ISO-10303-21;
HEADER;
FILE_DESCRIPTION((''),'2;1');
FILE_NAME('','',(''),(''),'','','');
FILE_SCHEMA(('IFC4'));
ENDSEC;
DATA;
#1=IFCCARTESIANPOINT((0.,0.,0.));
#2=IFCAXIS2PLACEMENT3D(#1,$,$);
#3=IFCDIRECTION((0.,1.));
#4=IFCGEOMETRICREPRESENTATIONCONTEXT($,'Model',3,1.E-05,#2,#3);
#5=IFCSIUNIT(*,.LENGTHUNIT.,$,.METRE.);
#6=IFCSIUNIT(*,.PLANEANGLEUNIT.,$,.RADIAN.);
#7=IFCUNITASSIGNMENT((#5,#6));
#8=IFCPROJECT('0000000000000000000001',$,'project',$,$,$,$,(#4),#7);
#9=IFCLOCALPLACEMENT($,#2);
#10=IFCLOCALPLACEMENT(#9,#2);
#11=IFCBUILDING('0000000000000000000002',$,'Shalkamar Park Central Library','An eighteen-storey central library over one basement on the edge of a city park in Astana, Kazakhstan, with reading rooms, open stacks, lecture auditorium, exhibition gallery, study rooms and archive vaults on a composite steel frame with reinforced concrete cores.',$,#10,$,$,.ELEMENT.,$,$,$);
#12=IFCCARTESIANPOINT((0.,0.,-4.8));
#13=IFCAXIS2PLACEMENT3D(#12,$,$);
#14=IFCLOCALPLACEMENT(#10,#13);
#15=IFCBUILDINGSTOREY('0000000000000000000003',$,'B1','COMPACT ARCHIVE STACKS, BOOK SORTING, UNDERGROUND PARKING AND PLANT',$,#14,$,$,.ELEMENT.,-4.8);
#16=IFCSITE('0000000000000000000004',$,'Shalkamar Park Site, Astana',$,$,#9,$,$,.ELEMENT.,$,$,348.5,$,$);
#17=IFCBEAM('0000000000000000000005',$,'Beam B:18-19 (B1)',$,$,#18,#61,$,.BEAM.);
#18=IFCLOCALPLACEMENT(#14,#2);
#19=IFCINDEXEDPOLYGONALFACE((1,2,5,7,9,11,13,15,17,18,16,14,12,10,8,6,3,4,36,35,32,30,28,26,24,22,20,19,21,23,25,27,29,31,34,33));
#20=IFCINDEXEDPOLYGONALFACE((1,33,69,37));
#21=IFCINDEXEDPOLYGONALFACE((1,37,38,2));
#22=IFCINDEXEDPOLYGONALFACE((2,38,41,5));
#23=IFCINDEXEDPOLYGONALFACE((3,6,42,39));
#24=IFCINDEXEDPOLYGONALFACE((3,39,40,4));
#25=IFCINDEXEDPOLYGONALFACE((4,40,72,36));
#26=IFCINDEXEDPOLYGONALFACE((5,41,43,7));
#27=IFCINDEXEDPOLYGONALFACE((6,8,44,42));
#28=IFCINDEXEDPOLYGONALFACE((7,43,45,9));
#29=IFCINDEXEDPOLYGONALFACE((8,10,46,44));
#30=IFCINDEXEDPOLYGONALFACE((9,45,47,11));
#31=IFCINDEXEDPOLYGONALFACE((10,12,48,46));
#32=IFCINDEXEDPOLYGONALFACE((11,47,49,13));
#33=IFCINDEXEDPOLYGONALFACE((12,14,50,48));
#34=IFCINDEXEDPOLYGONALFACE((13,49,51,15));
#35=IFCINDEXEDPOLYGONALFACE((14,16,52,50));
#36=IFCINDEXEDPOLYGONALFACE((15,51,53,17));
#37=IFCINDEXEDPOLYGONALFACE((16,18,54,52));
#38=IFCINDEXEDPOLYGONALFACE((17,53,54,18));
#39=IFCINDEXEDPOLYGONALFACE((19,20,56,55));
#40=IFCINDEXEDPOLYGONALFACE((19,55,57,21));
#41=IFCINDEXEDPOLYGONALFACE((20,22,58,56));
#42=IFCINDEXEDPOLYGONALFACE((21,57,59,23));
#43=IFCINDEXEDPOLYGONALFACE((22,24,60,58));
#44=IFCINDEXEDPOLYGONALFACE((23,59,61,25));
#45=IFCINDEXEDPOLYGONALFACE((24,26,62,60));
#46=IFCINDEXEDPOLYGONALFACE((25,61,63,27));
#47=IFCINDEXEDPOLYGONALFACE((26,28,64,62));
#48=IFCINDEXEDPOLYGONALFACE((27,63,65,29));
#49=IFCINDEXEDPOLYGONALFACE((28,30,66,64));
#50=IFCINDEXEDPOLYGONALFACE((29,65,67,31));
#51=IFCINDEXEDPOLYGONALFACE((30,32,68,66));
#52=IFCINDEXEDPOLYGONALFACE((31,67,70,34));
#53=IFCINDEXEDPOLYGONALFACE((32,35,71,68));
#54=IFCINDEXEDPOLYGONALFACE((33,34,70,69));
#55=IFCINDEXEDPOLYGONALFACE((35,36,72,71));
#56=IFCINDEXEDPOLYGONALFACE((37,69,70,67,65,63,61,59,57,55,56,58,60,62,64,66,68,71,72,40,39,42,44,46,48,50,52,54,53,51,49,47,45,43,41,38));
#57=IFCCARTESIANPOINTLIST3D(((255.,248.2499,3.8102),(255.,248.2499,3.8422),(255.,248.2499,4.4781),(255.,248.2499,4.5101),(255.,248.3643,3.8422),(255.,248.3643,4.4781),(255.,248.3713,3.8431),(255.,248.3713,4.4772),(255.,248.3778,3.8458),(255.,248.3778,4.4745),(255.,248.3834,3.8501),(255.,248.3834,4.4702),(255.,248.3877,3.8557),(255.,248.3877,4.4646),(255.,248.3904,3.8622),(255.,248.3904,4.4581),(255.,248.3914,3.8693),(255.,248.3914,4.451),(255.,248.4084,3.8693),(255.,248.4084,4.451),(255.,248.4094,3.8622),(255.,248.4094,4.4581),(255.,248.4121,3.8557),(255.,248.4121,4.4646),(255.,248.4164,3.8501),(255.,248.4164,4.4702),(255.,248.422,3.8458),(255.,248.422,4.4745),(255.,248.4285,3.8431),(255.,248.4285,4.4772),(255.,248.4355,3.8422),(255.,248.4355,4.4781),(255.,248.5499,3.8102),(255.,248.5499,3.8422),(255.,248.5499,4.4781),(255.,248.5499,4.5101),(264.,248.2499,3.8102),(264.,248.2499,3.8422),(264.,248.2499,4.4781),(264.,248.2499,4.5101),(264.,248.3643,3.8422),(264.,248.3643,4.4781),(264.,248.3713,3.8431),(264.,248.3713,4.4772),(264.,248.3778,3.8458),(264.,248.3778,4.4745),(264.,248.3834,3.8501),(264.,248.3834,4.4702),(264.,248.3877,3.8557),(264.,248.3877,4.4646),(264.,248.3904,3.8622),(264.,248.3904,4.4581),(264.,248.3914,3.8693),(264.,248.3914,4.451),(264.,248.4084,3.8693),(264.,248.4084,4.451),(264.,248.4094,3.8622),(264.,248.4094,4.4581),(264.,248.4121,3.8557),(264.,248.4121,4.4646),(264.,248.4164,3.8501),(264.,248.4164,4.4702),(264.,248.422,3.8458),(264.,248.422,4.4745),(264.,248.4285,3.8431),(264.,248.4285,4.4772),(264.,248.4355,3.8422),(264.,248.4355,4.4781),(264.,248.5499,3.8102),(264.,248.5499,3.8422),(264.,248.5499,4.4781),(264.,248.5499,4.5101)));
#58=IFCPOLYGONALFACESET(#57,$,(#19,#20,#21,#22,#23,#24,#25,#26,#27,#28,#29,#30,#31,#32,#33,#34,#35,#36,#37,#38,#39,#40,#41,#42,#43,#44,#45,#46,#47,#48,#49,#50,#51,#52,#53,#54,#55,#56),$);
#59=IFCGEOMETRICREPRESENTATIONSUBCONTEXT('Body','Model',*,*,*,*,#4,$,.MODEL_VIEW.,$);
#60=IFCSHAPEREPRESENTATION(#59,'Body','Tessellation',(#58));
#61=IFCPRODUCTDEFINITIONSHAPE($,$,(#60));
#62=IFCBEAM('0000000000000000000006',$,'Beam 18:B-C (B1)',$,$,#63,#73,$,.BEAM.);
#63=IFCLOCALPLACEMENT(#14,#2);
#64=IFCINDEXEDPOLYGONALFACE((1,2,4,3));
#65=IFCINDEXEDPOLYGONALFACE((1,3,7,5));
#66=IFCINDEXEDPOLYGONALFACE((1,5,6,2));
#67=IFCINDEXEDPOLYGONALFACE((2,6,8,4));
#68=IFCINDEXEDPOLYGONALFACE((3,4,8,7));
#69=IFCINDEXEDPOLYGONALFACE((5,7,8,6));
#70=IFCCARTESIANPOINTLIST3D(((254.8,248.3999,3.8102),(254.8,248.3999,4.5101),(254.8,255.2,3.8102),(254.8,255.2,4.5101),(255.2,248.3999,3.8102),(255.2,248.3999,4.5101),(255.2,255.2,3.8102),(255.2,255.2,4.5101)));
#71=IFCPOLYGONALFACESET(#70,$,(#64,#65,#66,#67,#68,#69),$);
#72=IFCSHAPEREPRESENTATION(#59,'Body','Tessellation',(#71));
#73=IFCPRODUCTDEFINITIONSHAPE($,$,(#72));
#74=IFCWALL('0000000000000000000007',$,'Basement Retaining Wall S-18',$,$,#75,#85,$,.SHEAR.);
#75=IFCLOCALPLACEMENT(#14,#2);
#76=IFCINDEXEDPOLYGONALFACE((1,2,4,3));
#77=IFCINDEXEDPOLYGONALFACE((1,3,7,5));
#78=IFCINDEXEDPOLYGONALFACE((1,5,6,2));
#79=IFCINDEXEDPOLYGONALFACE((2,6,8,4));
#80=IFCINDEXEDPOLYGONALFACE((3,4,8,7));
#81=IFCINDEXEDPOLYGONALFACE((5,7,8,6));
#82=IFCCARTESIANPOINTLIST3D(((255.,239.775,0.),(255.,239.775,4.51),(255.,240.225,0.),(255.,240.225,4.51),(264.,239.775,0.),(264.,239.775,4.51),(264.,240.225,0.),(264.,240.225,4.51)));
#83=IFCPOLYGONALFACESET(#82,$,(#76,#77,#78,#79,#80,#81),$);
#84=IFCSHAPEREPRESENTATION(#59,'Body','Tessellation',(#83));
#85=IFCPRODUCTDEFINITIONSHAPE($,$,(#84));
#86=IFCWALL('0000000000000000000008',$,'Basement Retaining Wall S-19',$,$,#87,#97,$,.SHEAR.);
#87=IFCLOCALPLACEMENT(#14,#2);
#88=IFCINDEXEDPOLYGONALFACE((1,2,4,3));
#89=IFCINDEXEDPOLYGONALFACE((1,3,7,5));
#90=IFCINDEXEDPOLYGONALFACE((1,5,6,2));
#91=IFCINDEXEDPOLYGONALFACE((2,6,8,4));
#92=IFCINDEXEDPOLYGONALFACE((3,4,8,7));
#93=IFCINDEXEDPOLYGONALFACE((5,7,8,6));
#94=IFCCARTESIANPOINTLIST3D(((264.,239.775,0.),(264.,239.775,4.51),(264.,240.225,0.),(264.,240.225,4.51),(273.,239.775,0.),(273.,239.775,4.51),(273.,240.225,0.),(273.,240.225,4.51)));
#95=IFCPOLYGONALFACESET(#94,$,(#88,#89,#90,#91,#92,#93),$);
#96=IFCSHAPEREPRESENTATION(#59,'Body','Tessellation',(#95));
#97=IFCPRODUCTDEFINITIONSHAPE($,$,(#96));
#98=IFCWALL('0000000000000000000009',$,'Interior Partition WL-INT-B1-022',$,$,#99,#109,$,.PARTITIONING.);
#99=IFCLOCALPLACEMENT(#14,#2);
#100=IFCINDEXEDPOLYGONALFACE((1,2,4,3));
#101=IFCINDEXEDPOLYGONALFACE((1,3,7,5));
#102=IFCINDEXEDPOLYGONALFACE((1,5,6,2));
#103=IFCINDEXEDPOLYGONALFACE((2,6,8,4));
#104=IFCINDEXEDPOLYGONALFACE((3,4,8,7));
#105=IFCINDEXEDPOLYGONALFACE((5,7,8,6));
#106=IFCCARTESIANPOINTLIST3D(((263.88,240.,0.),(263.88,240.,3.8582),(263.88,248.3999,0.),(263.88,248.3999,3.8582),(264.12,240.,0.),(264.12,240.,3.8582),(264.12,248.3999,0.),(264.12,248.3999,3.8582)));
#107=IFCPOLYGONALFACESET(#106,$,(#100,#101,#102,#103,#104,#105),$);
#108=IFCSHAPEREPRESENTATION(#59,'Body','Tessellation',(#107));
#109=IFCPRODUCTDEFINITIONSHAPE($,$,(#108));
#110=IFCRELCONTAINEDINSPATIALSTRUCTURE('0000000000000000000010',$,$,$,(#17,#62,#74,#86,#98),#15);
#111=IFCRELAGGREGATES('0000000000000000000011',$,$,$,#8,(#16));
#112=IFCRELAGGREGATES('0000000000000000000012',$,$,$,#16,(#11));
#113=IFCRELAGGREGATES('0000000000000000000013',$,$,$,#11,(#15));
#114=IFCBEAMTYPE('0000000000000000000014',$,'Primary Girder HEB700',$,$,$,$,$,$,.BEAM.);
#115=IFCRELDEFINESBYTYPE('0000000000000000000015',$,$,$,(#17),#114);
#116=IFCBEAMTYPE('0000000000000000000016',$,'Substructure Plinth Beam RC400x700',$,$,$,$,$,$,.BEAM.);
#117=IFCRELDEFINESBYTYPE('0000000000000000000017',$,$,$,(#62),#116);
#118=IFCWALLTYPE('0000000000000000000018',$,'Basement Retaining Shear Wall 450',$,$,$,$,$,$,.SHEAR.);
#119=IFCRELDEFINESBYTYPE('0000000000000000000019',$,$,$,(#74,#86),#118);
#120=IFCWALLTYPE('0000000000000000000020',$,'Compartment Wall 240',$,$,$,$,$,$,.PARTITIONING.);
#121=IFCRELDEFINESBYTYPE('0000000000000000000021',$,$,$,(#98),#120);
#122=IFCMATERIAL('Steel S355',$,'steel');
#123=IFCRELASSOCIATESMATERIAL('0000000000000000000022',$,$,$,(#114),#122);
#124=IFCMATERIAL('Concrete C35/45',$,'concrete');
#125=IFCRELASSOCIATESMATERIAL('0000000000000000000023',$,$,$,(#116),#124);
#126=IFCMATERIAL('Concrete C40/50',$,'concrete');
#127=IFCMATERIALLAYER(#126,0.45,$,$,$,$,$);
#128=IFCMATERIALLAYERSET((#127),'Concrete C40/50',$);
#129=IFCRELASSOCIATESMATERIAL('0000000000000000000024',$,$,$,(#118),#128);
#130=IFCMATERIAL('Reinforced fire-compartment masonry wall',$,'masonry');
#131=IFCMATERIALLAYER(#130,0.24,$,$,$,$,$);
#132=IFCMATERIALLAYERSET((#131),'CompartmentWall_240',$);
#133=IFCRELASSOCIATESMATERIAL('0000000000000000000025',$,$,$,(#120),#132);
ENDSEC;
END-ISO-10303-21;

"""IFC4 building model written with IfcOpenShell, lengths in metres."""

from ifc_helpers import new_model, si_unit, direction, frame, frame_2d, origin, origin_2d, place, context, subcontext, project, spatial, rectangle, i_section, extrude, material, layer, layer_set, material_profile, profile_set, type_object, element, save


model = new_model("IFC4")

# Units and contexts
model_context = context("Model", 3, precision=1e-05, world=origin(), true_north=direction((0.0, 1.0)))
body_context = subcontext(model_context, "Body", "Model", "MODEL_VIEW")
ifc_project = project(units=[si_unit("LENGTHUNIT", "METRE"), si_unit("PLANEANGLEUNIT", "RADIAN")], contexts=[model_context])

# Site, building, storey
site_placement = place(None, origin())
site = spatial("IfcSite", under=ifc_project, at=site_placement, Name="Shalkamar Park Site, Astana", CompositionType="ELEMENT", RefElevation=348.5)
building_placement = place(site_placement, origin())
building = spatial("IfcBuilding", under=site, at=building_placement, Name="Shalkamar Park Central Library", Description="An eighteen-storey central library over one basement on the edge of a city park in Astana, Kazakhstan, with reading rooms, open stacks, lecture auditorium, exhibition gallery, study rooms and archive vaults on a composite steel frame with reinforced concrete cores.", CompositionType="ELEMENT")
storey_placement = place(building_placement, frame((0.0, 0.0, -4.8)))
storey = spatial("IfcBuildingStorey", under=building, at=storey_placement, Name="B1", Description="COMPACT ARCHIVE STACKS, BOOK SORTING, UNDERGROUND PARKING AND PLANT", CompositionType="ELEMENT", Elevation=-4.8)

# Shared definitions
ifc_material_1 = material(Name="Concrete C35/45", Category="concrete")

# Shared definitions
ifc_material_2 = material(Name="Concrete C40/50", Category="concrete")

# Beams
ifc_material_3 = material(Name="Steel S355", Category="steel")
ifc_material_profile_1 = material_profile(ifc_material_3, i_section(OverallWidth=0.3, OverallDepth=0.7, WebThickness=0.0171, FlangeThickness=0.032, FilletRadius=0.0271, at=origin_2d()), Name="HEB 700")
ifc_profile_set_1 = profile_set([ifc_material_profile_1], Name="Steel S355")
beam_type_1 = type_object("IfcBeamType", Name="Primary Girder HEB700", PredefinedType="BEAM", material=ifc_profile_set_1)
for number, where, z_axis, x_axis, name in (
    (1, (255.0, 248.3999, 4.1602), (1.0, 0.0, 0.0), (0.0, 1.0, 0.0), "Beam B:18-19 (B1)"),
):
    element("IfcBeam", number, at=place(storey_placement, frame(where, z_axis=z_axis, x_axis=x_axis)), inside=storey, type_object=beam_type_1, Name=name, PredefinedType="BEAM", context=body_context, shape_type="SweptSolid", body=[
        extrude(i_section(OverallWidth=0.3, OverallDepth=0.7, WebThickness=0.0171, FlangeThickness=0.032, FilletRadius=0.0271, at=origin_2d()), origin(), (0.0, 0.0, 1.0), 9.0),
    ])
ifc_material_profile_2 = material_profile(ifc_material_1, rectangle(XDim=0.3999, YDim=0.7, at=origin_2d()), Name="RC 400x700")
ifc_profile_set_2 = profile_set([ifc_material_profile_2], Name="Concrete C35/45")
beam_type_2 = type_object("IfcBeamType", Name="Substructure Plinth Beam RC400x700", PredefinedType="BEAM", material=ifc_profile_set_2)
beam_1_placement = place(storey_placement, frame((255.0, 248.3999, 4.1602), z_axis=(0.0, 1.0, 0.0), x_axis=(-1.0, 0.0, 0.0)))
element("IfcBeam", 2, at=beam_1_placement, inside=storey, type_object=beam_type_2, Name="Beam 18:B-C (B1)", PredefinedType="BEAM", context=body_context, shape_type="SweptSolid", body=[
    extrude(rectangle(XDim=0.3999, YDim=0.7, at=origin_2d()), origin(), (0.0, 0.0, 1.0), 6.8),
])

# Walls
ifc_layer_1 = layer(ifc_material_2, 0.45)
ifc_layer_set_1 = layer_set([ifc_layer_1], Name="Concrete C40/50")
wall_type_1 = type_object("IfcWallType", Name="Basement Retaining Shear Wall 450", PredefinedType="SHEAR", material=ifc_layer_set_1)
for number, where, z_axis, x_axis, name in (
    (3, (255.0, 240.0, 0.0), (0.0, 0.0, 1.0), (1.0, 0.0, 0.0), "Basement Retaining Wall S-18"),
    (4, (264.0, 240.0, 0.0), (0.0, 0.0, 1.0), (1.0, 0.0, 0.0), "Basement Retaining Wall S-19"),
):
    element("IfcWall", number, at=place(storey_placement, frame(where, z_axis=z_axis, x_axis=x_axis)), inside=storey, type_object=wall_type_1, Name=name, PredefinedType="SHEAR", context=body_context, shape_type="SweptSolid", body=[
        extrude(rectangle(XDim=9.0, YDim=0.45, at=frame_2d((4.5, 0.0))), origin(), (0.0, 0.0, 1.0), 4.51),
    ])
ifc_material_4 = material(Name="Reinforced fire-compartment masonry wall", Category="masonry")
ifc_layer_2 = layer(ifc_material_4, 0.24)
ifc_layer_set_2 = layer_set([ifc_layer_2], Name="CompartmentWall_240")
wall_type_2 = type_object("IfcWallType", Name="Compartment Wall 240", PredefinedType="PARTITIONING", material=ifc_layer_set_2)
wall_placement = place(storey_placement, frame((264.0, 240.0, 0.0), z_axis=(0.0, 0.0, 1.0), x_axis=(0.0, 1.0, 0.0)))
element("IfcWall", 5, at=wall_placement, inside=storey, type_object=wall_type_2, Name="Interior Partition WL-INT-B1-022", PredefinedType="PARTITIONING", context=body_context, shape_type="SweptSolid", body=[
    extrude(rectangle(XDim=8.3999, YDim=0.24, at=frame_2d((4.2, 0.0))), origin(), (0.0, 0.0, 1.0), 3.8582),
])

save(model, "model.ifc")
